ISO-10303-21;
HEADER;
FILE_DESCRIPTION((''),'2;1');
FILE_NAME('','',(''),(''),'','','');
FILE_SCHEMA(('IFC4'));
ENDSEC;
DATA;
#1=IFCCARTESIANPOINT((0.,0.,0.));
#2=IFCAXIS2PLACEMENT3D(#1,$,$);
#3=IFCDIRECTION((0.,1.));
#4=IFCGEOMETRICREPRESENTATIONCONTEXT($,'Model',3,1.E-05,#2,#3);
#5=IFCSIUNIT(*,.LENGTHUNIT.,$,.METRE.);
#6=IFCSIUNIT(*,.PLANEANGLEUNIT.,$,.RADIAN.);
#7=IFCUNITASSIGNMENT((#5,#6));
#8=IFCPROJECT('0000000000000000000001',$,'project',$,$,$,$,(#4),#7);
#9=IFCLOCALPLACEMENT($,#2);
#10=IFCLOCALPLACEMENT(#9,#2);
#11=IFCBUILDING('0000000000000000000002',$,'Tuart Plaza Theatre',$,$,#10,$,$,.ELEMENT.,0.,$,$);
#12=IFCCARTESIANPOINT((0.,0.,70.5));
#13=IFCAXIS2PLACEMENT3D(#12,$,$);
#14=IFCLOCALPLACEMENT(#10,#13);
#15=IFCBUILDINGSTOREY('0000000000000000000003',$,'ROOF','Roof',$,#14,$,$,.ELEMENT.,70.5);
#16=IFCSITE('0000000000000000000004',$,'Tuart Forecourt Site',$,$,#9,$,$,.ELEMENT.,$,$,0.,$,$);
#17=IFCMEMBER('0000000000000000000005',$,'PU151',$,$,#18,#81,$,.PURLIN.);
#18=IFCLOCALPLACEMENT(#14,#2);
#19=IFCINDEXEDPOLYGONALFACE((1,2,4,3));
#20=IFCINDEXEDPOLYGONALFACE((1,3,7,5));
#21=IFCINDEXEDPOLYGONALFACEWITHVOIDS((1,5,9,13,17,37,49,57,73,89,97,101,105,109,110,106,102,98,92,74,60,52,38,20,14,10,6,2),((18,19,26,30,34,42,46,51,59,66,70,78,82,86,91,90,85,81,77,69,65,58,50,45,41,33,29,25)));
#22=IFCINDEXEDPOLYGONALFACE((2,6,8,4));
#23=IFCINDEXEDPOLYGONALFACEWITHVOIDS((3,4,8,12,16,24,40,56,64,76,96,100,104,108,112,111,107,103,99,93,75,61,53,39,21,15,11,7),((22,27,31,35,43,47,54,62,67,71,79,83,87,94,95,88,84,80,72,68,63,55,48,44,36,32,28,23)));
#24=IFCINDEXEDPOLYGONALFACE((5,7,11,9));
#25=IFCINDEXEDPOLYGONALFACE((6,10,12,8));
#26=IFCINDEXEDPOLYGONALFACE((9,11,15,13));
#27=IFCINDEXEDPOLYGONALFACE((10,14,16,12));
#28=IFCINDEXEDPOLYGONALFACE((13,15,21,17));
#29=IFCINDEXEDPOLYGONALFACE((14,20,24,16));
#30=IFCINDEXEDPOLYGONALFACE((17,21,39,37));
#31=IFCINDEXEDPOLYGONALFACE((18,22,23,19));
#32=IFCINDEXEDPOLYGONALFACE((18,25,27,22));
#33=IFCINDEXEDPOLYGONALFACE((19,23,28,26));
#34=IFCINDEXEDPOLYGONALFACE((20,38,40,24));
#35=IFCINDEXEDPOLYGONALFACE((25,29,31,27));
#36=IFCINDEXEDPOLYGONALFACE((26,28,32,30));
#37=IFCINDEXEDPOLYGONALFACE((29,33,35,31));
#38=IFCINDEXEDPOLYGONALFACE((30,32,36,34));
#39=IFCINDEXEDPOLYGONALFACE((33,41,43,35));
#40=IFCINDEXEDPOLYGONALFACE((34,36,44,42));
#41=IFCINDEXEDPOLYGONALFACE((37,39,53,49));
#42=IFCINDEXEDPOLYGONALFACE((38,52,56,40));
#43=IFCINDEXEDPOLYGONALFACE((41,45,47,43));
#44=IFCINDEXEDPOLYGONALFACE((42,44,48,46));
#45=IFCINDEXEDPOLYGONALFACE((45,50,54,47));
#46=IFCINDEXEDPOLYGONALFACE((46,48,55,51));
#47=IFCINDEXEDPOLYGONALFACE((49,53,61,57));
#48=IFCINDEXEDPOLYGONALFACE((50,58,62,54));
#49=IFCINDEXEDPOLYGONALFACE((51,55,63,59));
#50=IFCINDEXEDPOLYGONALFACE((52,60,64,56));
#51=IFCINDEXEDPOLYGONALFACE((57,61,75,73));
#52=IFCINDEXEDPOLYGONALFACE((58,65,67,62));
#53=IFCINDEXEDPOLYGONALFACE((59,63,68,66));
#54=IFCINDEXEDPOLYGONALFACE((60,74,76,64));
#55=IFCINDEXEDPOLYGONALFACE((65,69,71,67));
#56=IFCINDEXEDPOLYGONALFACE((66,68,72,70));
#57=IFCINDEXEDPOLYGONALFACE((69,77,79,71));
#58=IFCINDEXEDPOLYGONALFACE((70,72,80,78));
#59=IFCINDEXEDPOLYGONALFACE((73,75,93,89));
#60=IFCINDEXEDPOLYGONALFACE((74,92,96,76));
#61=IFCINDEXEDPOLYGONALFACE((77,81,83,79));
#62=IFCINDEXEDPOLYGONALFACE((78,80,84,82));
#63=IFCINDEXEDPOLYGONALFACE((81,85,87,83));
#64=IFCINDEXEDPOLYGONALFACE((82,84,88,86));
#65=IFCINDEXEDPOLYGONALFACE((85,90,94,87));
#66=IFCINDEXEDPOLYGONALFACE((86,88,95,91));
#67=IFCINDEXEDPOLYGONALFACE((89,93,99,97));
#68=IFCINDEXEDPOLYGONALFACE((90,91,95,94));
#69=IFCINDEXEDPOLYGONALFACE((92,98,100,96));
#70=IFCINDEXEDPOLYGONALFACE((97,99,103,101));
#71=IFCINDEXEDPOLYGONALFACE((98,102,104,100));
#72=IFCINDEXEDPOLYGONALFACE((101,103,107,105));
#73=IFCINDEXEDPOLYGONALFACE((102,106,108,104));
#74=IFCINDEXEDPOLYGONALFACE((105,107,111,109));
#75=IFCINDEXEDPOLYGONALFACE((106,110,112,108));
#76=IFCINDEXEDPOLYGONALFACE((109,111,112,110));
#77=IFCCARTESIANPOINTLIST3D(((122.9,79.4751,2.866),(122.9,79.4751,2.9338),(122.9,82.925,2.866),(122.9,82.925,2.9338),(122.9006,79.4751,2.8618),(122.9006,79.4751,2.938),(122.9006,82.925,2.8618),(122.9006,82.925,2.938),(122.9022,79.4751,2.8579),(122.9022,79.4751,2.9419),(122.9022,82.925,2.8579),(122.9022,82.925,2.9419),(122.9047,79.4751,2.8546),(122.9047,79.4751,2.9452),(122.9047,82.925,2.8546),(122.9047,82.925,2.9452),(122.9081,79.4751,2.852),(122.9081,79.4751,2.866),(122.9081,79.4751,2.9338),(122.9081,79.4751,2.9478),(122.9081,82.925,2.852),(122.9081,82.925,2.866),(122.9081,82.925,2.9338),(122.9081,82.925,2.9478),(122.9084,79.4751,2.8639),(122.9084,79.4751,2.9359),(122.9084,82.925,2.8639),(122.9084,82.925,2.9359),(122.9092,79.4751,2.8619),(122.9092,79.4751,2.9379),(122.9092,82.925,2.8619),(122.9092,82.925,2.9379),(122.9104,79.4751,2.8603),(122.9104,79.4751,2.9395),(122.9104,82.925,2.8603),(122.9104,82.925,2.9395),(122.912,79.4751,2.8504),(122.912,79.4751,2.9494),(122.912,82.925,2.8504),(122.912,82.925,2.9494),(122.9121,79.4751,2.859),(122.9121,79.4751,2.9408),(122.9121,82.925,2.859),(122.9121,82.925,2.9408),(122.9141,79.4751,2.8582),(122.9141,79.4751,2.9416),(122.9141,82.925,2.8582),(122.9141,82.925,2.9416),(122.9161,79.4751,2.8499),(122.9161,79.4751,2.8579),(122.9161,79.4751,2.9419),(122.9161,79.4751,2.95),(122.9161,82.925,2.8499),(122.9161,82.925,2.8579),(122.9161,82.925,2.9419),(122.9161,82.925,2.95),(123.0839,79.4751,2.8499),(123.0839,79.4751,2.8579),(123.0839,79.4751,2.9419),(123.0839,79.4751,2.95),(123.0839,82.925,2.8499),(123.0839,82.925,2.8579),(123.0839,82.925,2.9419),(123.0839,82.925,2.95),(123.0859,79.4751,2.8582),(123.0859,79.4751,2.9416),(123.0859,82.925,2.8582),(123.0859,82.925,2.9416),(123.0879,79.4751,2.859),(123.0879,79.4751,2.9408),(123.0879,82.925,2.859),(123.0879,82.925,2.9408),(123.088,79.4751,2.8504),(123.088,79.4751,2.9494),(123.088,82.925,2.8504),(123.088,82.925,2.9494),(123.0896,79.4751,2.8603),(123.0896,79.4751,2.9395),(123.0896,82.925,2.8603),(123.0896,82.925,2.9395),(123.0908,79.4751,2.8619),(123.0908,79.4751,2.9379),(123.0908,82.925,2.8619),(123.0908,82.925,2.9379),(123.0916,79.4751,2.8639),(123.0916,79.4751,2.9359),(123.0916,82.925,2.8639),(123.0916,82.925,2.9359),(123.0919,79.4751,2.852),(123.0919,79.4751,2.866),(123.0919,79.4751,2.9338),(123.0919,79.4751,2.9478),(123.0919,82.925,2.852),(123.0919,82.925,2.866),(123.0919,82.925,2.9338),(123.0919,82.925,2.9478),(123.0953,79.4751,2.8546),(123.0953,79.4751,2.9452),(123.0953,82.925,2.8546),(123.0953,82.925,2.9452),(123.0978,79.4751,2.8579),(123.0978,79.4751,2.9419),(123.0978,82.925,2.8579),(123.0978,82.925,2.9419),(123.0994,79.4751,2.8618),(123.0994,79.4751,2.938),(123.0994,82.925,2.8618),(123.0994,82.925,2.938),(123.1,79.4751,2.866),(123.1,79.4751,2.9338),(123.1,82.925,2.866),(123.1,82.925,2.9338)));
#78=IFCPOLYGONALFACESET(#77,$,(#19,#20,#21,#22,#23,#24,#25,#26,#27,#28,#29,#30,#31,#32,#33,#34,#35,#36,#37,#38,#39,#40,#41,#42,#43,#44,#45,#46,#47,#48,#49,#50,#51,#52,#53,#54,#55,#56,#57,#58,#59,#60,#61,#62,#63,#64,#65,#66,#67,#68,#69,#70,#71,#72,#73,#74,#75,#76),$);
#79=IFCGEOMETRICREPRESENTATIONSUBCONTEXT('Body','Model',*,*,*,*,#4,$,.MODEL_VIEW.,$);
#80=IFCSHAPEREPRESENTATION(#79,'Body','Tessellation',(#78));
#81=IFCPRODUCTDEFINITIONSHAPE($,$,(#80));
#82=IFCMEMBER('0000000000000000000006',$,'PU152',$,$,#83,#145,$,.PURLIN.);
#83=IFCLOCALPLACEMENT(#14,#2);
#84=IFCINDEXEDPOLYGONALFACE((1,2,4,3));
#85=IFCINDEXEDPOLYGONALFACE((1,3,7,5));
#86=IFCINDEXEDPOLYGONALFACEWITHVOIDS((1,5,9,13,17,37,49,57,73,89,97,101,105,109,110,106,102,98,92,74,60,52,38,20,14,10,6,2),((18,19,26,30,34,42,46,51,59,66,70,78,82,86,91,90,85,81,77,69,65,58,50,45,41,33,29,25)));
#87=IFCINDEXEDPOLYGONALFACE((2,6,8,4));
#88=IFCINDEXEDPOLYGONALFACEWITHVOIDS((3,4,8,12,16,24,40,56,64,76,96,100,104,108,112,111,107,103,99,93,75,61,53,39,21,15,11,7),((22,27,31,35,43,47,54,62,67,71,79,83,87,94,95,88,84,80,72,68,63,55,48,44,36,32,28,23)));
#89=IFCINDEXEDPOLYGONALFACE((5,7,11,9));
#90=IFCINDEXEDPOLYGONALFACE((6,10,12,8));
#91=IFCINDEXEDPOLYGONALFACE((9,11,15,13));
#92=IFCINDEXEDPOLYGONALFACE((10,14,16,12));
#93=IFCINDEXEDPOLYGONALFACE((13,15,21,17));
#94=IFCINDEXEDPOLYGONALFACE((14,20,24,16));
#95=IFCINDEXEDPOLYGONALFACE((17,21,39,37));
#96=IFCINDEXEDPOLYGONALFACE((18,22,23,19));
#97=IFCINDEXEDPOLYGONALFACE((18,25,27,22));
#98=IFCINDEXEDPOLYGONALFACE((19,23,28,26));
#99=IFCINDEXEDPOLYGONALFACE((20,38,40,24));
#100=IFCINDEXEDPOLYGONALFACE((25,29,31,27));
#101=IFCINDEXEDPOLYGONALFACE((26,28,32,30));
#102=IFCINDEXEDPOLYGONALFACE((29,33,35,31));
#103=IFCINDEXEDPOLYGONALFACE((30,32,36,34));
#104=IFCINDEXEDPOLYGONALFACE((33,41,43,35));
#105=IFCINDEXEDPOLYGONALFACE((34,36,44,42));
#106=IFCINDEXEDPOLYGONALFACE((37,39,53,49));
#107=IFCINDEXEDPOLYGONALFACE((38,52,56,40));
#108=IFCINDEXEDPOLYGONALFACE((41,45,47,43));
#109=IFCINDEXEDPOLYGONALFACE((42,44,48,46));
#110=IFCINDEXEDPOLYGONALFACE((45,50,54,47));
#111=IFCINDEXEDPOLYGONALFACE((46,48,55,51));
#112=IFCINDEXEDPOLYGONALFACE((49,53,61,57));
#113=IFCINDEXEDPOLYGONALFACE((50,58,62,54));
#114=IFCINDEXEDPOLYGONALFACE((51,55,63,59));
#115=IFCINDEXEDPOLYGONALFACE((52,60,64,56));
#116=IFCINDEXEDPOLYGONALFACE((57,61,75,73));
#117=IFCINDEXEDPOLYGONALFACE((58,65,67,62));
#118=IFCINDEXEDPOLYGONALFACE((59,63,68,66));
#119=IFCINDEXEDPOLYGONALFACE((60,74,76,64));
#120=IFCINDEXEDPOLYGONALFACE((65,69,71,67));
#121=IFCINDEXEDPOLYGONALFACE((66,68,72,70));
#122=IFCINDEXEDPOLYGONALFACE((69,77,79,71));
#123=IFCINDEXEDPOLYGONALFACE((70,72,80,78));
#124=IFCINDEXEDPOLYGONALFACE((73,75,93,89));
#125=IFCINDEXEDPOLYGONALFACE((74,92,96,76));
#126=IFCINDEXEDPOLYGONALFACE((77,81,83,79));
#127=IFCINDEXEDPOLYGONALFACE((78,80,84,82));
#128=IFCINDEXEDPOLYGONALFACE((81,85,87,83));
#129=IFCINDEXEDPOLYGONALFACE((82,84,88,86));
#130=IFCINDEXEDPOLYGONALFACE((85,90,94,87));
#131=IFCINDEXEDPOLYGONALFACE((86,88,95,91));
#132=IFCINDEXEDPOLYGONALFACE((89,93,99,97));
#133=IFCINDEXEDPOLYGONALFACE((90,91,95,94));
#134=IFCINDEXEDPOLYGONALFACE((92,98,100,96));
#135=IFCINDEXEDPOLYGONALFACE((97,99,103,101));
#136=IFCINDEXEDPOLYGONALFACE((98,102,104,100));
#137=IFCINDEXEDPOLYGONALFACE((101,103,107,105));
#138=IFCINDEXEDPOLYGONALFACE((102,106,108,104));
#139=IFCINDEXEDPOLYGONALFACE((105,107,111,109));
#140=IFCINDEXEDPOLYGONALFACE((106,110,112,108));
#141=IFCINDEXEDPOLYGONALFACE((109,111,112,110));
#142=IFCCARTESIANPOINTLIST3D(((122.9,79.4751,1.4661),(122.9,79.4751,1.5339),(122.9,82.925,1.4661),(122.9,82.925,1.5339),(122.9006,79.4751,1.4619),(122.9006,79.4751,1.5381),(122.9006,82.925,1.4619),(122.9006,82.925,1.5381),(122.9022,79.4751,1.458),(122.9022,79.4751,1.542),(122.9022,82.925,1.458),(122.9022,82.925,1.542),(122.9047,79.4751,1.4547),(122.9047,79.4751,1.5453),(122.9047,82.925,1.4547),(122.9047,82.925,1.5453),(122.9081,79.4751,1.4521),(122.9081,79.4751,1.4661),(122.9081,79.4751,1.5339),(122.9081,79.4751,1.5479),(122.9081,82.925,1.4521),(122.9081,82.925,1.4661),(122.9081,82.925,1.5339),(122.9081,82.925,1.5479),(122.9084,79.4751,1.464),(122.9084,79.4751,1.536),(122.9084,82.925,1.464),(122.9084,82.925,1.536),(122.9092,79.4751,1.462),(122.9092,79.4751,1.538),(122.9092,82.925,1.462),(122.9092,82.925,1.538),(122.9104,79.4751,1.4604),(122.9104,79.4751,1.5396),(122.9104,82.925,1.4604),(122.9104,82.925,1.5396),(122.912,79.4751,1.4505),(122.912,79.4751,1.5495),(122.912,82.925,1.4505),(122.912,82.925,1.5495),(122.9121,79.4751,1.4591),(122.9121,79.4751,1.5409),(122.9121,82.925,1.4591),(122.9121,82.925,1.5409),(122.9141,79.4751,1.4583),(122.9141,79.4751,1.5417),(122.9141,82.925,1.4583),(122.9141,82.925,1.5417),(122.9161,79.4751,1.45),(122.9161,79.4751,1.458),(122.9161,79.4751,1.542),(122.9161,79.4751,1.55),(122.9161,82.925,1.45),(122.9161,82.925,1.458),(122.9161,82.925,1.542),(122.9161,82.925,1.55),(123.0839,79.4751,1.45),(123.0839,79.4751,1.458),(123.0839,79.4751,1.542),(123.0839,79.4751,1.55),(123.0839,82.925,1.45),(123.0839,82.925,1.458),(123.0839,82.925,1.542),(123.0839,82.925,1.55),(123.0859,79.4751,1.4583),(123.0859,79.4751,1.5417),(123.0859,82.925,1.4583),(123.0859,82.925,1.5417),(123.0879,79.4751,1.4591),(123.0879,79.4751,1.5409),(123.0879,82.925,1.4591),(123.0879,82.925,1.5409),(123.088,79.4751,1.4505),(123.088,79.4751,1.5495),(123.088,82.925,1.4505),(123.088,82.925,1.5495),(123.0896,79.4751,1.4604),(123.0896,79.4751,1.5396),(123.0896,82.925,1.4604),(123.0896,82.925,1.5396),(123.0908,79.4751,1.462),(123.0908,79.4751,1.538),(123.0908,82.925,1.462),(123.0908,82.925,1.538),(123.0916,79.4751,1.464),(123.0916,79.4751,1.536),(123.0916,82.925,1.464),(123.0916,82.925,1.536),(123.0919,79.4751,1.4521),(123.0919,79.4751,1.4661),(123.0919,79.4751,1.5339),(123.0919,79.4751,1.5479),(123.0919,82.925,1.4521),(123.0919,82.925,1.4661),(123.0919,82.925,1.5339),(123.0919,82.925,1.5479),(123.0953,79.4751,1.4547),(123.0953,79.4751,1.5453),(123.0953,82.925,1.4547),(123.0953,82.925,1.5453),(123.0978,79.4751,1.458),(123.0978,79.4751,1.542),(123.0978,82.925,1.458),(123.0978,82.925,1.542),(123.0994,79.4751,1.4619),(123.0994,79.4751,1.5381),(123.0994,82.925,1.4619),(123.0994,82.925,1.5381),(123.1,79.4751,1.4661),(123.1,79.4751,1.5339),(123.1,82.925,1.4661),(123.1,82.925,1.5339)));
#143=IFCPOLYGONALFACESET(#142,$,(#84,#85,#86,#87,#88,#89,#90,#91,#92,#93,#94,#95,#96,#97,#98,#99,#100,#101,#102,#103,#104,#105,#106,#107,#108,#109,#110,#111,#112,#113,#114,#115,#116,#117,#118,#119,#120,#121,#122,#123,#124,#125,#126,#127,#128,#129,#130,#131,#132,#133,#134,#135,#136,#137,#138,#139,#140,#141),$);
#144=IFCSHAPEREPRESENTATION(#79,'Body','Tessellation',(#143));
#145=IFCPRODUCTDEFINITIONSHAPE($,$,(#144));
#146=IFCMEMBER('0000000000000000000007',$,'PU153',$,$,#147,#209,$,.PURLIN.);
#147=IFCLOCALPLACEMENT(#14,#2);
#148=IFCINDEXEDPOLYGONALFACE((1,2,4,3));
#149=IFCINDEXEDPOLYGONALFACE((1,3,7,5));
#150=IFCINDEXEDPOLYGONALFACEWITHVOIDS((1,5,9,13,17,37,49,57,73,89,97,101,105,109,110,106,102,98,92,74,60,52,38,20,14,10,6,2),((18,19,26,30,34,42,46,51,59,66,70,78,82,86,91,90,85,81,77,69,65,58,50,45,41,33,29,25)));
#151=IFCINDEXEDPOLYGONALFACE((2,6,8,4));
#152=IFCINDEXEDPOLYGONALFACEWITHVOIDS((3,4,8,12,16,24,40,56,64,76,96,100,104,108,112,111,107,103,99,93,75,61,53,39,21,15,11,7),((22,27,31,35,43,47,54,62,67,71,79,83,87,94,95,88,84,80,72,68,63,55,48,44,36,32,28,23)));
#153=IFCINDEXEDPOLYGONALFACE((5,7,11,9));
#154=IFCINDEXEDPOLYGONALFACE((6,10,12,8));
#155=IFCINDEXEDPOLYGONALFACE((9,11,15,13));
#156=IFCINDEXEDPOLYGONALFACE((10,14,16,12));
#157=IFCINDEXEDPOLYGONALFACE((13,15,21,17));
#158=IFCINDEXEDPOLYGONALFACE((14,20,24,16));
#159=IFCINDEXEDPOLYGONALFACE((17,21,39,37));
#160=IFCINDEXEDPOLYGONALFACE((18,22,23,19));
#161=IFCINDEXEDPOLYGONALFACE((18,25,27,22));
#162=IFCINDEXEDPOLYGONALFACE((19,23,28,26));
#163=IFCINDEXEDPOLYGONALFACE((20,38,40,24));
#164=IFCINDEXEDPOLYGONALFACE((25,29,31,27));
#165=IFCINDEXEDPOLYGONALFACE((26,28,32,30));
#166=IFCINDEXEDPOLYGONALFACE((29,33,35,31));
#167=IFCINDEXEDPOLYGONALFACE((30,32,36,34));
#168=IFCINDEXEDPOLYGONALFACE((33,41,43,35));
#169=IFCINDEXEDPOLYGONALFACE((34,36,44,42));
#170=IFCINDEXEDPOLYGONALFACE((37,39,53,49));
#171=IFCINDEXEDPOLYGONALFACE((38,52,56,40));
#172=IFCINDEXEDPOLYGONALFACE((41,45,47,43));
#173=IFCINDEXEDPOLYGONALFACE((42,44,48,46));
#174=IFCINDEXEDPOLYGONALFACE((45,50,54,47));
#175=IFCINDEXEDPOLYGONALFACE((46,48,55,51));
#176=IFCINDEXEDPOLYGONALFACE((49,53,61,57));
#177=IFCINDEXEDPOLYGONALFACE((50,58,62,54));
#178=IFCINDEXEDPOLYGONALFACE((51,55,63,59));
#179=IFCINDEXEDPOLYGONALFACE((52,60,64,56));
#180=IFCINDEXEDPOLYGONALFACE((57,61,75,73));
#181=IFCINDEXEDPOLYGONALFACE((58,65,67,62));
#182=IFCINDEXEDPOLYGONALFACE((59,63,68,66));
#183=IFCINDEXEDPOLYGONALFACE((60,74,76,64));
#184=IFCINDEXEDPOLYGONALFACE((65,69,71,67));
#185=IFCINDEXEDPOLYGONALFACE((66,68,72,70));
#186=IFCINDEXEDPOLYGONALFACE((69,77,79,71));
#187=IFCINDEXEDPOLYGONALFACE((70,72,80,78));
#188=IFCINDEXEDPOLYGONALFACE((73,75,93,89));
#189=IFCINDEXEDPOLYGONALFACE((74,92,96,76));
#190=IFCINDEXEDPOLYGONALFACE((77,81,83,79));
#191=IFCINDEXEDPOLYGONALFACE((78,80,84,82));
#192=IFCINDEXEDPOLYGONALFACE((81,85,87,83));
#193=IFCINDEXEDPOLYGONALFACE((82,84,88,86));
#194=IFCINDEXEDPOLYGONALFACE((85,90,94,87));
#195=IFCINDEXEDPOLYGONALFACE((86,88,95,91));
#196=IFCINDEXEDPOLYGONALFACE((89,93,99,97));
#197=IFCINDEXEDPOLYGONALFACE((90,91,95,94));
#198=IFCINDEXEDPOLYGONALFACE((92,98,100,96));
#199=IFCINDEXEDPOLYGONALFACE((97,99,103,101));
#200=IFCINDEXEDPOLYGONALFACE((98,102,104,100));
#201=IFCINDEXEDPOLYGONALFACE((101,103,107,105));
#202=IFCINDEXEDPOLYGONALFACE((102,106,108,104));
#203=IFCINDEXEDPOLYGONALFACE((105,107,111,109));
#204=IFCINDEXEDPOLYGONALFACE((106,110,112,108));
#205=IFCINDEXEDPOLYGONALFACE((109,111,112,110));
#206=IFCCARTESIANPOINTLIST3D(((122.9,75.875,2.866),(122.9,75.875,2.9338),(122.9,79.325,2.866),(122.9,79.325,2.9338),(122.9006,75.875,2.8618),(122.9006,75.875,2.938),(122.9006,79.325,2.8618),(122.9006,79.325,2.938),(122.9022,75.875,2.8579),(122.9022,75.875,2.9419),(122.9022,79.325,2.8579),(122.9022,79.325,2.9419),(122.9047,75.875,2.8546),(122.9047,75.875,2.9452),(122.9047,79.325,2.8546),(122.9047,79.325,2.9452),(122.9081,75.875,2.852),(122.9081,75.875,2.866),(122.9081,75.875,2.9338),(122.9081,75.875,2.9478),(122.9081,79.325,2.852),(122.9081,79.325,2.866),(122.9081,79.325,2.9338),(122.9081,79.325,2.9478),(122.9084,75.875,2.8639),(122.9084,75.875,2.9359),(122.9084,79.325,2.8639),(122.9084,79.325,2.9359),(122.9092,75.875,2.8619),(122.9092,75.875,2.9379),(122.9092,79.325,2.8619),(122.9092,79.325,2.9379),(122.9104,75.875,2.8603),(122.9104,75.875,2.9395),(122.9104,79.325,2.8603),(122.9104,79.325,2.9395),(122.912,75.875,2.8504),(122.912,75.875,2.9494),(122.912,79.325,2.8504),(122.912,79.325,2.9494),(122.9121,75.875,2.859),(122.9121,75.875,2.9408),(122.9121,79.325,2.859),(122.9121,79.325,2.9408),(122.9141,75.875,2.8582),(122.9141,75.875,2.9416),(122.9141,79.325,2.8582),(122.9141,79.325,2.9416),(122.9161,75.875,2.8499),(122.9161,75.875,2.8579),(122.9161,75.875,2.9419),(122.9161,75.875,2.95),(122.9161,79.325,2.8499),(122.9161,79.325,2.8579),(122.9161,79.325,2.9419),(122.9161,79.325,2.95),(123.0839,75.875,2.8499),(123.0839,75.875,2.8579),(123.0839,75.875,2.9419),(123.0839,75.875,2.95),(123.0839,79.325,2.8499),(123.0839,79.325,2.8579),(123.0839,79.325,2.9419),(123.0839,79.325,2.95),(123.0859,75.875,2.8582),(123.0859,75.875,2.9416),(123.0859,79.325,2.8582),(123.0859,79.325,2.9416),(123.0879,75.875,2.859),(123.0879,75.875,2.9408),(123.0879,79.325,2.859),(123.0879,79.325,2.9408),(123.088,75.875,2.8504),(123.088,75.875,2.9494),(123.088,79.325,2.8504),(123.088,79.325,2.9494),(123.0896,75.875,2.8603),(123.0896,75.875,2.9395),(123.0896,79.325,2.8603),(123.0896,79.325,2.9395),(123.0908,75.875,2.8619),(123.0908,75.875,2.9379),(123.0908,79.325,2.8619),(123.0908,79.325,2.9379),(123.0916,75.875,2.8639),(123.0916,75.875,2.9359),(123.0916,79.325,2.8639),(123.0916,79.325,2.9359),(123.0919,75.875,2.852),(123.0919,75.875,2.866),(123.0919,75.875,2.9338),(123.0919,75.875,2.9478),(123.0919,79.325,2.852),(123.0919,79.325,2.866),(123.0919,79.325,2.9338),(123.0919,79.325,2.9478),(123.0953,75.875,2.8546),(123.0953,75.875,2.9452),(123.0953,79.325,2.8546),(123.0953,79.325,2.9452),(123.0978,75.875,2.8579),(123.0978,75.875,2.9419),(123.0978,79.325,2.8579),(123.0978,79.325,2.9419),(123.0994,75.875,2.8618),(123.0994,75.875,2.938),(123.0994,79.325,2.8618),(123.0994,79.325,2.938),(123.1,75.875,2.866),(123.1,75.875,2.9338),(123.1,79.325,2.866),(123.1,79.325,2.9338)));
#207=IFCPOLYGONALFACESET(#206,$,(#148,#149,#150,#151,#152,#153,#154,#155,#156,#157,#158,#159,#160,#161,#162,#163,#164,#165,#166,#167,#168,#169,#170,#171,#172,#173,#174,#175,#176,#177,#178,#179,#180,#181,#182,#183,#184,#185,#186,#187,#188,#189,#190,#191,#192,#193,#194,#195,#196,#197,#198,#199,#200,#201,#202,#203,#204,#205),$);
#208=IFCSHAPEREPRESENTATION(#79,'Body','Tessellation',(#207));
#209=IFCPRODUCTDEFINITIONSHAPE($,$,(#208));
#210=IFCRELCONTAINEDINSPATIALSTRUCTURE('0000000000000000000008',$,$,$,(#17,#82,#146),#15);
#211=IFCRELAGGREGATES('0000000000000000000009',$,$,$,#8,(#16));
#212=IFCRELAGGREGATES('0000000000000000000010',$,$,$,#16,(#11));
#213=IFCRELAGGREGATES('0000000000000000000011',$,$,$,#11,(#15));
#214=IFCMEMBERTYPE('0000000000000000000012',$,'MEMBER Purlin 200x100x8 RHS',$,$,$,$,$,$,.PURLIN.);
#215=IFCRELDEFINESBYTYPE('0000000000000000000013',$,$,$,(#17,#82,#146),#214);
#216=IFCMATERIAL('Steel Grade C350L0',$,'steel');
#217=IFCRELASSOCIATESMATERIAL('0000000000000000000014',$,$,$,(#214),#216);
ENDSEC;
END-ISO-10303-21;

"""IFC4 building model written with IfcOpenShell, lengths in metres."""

from ifc_helpers import new_model, si_unit, direction, frame, origin, origin_2d, place, context, subcontext, project, spatial, hollow_rectangle, extrude, material, material_profile, profile_set, type_object, element, save


model = new_model("IFC4")

# Units and contexts
model_context = context("Model", 3, precision=1e-05, world=origin(), true_north=direction((0.0, 1.0)))
body_context = subcontext(model_context, "Body", "Model", "MODEL_VIEW")
ifc_project = project(units=[si_unit("LENGTHUNIT", "METRE"), si_unit("PLANEANGLEUNIT", "RADIAN")], contexts=[model_context])

# Site, building, storey
site_placement = place(None, origin())
site = spatial("IfcSite", under=ifc_project, at=site_placement, Name="Tuart Forecourt Site", CompositionType="ELEMENT", RefElevation=0.0)
building_placement = place(site_placement, origin())
building = spatial("IfcBuilding", under=site, at=building_placement, Name="Tuart Plaza Theatre", CompositionType="ELEMENT", ElevationOfRefHeight=0.0)
storey_placement = place(building_placement, frame((0.0, 0.0, 70.5)))
storey = spatial("IfcBuildingStorey", under=building, at=storey_placement, Name="ROOF", Description="Roof", CompositionType="ELEMENT", Elevation=70.5)

# Members
ifc_material_1 = material(Name="Steel Grade C350L0", Category="steel")
ifc_material_profile_1 = material_profile(ifc_material_1, hollow_rectangle(XDim=0.1001, YDim=0.2, WallThickness=0.0081, InnerFilletRadius=0.0081, OuterFilletRadius=0.0161, at=origin_2d()), Name="200x100x8 RHS")
ifc_profile_set_1 = profile_set([ifc_material_profile_1], Name="Steel Grade C350L0")
member_type_1 = type_object("IfcMemberType", Name="MEMBER Purlin 200x100x8 RHS", PredefinedType="PURLIN", material=ifc_profile_set_1)
for number, where, z_axis, x_axis, name in (
    (1, (123.0, 82.925, 2.8999), (0.0, -1.0, 0.0), (0.0, 0.0, 1.0), "PU151"),
    (2, (123.0, 82.925, 1.5), (0.0, -1.0, 0.0), (0.0, 0.0, 1.0), "PU152"),
    (3, (123.0, 79.325, 2.8999), (0.0, -1.0, 0.0), (0.0, 0.0, 1.0), "PU153"),
):
    element("IfcMember", number, at=place(storey_placement, frame(where, z_axis=z_axis, x_axis=x_axis)), inside=storey, type_object=member_type_1, Name=name, PredefinedType="PURLIN", context=body_context, shape_type="SweptSolid", body=[
        extrude(hollow_rectangle(XDim=0.1001, YDim=0.2, WallThickness=0.0081, InnerFilletRadius=0.0081, OuterFilletRadius=0.0161, at=origin_2d()), origin(), (0.0, 0.0, 1.0), 3.45),
    ])

save(model, "model.ifc")
